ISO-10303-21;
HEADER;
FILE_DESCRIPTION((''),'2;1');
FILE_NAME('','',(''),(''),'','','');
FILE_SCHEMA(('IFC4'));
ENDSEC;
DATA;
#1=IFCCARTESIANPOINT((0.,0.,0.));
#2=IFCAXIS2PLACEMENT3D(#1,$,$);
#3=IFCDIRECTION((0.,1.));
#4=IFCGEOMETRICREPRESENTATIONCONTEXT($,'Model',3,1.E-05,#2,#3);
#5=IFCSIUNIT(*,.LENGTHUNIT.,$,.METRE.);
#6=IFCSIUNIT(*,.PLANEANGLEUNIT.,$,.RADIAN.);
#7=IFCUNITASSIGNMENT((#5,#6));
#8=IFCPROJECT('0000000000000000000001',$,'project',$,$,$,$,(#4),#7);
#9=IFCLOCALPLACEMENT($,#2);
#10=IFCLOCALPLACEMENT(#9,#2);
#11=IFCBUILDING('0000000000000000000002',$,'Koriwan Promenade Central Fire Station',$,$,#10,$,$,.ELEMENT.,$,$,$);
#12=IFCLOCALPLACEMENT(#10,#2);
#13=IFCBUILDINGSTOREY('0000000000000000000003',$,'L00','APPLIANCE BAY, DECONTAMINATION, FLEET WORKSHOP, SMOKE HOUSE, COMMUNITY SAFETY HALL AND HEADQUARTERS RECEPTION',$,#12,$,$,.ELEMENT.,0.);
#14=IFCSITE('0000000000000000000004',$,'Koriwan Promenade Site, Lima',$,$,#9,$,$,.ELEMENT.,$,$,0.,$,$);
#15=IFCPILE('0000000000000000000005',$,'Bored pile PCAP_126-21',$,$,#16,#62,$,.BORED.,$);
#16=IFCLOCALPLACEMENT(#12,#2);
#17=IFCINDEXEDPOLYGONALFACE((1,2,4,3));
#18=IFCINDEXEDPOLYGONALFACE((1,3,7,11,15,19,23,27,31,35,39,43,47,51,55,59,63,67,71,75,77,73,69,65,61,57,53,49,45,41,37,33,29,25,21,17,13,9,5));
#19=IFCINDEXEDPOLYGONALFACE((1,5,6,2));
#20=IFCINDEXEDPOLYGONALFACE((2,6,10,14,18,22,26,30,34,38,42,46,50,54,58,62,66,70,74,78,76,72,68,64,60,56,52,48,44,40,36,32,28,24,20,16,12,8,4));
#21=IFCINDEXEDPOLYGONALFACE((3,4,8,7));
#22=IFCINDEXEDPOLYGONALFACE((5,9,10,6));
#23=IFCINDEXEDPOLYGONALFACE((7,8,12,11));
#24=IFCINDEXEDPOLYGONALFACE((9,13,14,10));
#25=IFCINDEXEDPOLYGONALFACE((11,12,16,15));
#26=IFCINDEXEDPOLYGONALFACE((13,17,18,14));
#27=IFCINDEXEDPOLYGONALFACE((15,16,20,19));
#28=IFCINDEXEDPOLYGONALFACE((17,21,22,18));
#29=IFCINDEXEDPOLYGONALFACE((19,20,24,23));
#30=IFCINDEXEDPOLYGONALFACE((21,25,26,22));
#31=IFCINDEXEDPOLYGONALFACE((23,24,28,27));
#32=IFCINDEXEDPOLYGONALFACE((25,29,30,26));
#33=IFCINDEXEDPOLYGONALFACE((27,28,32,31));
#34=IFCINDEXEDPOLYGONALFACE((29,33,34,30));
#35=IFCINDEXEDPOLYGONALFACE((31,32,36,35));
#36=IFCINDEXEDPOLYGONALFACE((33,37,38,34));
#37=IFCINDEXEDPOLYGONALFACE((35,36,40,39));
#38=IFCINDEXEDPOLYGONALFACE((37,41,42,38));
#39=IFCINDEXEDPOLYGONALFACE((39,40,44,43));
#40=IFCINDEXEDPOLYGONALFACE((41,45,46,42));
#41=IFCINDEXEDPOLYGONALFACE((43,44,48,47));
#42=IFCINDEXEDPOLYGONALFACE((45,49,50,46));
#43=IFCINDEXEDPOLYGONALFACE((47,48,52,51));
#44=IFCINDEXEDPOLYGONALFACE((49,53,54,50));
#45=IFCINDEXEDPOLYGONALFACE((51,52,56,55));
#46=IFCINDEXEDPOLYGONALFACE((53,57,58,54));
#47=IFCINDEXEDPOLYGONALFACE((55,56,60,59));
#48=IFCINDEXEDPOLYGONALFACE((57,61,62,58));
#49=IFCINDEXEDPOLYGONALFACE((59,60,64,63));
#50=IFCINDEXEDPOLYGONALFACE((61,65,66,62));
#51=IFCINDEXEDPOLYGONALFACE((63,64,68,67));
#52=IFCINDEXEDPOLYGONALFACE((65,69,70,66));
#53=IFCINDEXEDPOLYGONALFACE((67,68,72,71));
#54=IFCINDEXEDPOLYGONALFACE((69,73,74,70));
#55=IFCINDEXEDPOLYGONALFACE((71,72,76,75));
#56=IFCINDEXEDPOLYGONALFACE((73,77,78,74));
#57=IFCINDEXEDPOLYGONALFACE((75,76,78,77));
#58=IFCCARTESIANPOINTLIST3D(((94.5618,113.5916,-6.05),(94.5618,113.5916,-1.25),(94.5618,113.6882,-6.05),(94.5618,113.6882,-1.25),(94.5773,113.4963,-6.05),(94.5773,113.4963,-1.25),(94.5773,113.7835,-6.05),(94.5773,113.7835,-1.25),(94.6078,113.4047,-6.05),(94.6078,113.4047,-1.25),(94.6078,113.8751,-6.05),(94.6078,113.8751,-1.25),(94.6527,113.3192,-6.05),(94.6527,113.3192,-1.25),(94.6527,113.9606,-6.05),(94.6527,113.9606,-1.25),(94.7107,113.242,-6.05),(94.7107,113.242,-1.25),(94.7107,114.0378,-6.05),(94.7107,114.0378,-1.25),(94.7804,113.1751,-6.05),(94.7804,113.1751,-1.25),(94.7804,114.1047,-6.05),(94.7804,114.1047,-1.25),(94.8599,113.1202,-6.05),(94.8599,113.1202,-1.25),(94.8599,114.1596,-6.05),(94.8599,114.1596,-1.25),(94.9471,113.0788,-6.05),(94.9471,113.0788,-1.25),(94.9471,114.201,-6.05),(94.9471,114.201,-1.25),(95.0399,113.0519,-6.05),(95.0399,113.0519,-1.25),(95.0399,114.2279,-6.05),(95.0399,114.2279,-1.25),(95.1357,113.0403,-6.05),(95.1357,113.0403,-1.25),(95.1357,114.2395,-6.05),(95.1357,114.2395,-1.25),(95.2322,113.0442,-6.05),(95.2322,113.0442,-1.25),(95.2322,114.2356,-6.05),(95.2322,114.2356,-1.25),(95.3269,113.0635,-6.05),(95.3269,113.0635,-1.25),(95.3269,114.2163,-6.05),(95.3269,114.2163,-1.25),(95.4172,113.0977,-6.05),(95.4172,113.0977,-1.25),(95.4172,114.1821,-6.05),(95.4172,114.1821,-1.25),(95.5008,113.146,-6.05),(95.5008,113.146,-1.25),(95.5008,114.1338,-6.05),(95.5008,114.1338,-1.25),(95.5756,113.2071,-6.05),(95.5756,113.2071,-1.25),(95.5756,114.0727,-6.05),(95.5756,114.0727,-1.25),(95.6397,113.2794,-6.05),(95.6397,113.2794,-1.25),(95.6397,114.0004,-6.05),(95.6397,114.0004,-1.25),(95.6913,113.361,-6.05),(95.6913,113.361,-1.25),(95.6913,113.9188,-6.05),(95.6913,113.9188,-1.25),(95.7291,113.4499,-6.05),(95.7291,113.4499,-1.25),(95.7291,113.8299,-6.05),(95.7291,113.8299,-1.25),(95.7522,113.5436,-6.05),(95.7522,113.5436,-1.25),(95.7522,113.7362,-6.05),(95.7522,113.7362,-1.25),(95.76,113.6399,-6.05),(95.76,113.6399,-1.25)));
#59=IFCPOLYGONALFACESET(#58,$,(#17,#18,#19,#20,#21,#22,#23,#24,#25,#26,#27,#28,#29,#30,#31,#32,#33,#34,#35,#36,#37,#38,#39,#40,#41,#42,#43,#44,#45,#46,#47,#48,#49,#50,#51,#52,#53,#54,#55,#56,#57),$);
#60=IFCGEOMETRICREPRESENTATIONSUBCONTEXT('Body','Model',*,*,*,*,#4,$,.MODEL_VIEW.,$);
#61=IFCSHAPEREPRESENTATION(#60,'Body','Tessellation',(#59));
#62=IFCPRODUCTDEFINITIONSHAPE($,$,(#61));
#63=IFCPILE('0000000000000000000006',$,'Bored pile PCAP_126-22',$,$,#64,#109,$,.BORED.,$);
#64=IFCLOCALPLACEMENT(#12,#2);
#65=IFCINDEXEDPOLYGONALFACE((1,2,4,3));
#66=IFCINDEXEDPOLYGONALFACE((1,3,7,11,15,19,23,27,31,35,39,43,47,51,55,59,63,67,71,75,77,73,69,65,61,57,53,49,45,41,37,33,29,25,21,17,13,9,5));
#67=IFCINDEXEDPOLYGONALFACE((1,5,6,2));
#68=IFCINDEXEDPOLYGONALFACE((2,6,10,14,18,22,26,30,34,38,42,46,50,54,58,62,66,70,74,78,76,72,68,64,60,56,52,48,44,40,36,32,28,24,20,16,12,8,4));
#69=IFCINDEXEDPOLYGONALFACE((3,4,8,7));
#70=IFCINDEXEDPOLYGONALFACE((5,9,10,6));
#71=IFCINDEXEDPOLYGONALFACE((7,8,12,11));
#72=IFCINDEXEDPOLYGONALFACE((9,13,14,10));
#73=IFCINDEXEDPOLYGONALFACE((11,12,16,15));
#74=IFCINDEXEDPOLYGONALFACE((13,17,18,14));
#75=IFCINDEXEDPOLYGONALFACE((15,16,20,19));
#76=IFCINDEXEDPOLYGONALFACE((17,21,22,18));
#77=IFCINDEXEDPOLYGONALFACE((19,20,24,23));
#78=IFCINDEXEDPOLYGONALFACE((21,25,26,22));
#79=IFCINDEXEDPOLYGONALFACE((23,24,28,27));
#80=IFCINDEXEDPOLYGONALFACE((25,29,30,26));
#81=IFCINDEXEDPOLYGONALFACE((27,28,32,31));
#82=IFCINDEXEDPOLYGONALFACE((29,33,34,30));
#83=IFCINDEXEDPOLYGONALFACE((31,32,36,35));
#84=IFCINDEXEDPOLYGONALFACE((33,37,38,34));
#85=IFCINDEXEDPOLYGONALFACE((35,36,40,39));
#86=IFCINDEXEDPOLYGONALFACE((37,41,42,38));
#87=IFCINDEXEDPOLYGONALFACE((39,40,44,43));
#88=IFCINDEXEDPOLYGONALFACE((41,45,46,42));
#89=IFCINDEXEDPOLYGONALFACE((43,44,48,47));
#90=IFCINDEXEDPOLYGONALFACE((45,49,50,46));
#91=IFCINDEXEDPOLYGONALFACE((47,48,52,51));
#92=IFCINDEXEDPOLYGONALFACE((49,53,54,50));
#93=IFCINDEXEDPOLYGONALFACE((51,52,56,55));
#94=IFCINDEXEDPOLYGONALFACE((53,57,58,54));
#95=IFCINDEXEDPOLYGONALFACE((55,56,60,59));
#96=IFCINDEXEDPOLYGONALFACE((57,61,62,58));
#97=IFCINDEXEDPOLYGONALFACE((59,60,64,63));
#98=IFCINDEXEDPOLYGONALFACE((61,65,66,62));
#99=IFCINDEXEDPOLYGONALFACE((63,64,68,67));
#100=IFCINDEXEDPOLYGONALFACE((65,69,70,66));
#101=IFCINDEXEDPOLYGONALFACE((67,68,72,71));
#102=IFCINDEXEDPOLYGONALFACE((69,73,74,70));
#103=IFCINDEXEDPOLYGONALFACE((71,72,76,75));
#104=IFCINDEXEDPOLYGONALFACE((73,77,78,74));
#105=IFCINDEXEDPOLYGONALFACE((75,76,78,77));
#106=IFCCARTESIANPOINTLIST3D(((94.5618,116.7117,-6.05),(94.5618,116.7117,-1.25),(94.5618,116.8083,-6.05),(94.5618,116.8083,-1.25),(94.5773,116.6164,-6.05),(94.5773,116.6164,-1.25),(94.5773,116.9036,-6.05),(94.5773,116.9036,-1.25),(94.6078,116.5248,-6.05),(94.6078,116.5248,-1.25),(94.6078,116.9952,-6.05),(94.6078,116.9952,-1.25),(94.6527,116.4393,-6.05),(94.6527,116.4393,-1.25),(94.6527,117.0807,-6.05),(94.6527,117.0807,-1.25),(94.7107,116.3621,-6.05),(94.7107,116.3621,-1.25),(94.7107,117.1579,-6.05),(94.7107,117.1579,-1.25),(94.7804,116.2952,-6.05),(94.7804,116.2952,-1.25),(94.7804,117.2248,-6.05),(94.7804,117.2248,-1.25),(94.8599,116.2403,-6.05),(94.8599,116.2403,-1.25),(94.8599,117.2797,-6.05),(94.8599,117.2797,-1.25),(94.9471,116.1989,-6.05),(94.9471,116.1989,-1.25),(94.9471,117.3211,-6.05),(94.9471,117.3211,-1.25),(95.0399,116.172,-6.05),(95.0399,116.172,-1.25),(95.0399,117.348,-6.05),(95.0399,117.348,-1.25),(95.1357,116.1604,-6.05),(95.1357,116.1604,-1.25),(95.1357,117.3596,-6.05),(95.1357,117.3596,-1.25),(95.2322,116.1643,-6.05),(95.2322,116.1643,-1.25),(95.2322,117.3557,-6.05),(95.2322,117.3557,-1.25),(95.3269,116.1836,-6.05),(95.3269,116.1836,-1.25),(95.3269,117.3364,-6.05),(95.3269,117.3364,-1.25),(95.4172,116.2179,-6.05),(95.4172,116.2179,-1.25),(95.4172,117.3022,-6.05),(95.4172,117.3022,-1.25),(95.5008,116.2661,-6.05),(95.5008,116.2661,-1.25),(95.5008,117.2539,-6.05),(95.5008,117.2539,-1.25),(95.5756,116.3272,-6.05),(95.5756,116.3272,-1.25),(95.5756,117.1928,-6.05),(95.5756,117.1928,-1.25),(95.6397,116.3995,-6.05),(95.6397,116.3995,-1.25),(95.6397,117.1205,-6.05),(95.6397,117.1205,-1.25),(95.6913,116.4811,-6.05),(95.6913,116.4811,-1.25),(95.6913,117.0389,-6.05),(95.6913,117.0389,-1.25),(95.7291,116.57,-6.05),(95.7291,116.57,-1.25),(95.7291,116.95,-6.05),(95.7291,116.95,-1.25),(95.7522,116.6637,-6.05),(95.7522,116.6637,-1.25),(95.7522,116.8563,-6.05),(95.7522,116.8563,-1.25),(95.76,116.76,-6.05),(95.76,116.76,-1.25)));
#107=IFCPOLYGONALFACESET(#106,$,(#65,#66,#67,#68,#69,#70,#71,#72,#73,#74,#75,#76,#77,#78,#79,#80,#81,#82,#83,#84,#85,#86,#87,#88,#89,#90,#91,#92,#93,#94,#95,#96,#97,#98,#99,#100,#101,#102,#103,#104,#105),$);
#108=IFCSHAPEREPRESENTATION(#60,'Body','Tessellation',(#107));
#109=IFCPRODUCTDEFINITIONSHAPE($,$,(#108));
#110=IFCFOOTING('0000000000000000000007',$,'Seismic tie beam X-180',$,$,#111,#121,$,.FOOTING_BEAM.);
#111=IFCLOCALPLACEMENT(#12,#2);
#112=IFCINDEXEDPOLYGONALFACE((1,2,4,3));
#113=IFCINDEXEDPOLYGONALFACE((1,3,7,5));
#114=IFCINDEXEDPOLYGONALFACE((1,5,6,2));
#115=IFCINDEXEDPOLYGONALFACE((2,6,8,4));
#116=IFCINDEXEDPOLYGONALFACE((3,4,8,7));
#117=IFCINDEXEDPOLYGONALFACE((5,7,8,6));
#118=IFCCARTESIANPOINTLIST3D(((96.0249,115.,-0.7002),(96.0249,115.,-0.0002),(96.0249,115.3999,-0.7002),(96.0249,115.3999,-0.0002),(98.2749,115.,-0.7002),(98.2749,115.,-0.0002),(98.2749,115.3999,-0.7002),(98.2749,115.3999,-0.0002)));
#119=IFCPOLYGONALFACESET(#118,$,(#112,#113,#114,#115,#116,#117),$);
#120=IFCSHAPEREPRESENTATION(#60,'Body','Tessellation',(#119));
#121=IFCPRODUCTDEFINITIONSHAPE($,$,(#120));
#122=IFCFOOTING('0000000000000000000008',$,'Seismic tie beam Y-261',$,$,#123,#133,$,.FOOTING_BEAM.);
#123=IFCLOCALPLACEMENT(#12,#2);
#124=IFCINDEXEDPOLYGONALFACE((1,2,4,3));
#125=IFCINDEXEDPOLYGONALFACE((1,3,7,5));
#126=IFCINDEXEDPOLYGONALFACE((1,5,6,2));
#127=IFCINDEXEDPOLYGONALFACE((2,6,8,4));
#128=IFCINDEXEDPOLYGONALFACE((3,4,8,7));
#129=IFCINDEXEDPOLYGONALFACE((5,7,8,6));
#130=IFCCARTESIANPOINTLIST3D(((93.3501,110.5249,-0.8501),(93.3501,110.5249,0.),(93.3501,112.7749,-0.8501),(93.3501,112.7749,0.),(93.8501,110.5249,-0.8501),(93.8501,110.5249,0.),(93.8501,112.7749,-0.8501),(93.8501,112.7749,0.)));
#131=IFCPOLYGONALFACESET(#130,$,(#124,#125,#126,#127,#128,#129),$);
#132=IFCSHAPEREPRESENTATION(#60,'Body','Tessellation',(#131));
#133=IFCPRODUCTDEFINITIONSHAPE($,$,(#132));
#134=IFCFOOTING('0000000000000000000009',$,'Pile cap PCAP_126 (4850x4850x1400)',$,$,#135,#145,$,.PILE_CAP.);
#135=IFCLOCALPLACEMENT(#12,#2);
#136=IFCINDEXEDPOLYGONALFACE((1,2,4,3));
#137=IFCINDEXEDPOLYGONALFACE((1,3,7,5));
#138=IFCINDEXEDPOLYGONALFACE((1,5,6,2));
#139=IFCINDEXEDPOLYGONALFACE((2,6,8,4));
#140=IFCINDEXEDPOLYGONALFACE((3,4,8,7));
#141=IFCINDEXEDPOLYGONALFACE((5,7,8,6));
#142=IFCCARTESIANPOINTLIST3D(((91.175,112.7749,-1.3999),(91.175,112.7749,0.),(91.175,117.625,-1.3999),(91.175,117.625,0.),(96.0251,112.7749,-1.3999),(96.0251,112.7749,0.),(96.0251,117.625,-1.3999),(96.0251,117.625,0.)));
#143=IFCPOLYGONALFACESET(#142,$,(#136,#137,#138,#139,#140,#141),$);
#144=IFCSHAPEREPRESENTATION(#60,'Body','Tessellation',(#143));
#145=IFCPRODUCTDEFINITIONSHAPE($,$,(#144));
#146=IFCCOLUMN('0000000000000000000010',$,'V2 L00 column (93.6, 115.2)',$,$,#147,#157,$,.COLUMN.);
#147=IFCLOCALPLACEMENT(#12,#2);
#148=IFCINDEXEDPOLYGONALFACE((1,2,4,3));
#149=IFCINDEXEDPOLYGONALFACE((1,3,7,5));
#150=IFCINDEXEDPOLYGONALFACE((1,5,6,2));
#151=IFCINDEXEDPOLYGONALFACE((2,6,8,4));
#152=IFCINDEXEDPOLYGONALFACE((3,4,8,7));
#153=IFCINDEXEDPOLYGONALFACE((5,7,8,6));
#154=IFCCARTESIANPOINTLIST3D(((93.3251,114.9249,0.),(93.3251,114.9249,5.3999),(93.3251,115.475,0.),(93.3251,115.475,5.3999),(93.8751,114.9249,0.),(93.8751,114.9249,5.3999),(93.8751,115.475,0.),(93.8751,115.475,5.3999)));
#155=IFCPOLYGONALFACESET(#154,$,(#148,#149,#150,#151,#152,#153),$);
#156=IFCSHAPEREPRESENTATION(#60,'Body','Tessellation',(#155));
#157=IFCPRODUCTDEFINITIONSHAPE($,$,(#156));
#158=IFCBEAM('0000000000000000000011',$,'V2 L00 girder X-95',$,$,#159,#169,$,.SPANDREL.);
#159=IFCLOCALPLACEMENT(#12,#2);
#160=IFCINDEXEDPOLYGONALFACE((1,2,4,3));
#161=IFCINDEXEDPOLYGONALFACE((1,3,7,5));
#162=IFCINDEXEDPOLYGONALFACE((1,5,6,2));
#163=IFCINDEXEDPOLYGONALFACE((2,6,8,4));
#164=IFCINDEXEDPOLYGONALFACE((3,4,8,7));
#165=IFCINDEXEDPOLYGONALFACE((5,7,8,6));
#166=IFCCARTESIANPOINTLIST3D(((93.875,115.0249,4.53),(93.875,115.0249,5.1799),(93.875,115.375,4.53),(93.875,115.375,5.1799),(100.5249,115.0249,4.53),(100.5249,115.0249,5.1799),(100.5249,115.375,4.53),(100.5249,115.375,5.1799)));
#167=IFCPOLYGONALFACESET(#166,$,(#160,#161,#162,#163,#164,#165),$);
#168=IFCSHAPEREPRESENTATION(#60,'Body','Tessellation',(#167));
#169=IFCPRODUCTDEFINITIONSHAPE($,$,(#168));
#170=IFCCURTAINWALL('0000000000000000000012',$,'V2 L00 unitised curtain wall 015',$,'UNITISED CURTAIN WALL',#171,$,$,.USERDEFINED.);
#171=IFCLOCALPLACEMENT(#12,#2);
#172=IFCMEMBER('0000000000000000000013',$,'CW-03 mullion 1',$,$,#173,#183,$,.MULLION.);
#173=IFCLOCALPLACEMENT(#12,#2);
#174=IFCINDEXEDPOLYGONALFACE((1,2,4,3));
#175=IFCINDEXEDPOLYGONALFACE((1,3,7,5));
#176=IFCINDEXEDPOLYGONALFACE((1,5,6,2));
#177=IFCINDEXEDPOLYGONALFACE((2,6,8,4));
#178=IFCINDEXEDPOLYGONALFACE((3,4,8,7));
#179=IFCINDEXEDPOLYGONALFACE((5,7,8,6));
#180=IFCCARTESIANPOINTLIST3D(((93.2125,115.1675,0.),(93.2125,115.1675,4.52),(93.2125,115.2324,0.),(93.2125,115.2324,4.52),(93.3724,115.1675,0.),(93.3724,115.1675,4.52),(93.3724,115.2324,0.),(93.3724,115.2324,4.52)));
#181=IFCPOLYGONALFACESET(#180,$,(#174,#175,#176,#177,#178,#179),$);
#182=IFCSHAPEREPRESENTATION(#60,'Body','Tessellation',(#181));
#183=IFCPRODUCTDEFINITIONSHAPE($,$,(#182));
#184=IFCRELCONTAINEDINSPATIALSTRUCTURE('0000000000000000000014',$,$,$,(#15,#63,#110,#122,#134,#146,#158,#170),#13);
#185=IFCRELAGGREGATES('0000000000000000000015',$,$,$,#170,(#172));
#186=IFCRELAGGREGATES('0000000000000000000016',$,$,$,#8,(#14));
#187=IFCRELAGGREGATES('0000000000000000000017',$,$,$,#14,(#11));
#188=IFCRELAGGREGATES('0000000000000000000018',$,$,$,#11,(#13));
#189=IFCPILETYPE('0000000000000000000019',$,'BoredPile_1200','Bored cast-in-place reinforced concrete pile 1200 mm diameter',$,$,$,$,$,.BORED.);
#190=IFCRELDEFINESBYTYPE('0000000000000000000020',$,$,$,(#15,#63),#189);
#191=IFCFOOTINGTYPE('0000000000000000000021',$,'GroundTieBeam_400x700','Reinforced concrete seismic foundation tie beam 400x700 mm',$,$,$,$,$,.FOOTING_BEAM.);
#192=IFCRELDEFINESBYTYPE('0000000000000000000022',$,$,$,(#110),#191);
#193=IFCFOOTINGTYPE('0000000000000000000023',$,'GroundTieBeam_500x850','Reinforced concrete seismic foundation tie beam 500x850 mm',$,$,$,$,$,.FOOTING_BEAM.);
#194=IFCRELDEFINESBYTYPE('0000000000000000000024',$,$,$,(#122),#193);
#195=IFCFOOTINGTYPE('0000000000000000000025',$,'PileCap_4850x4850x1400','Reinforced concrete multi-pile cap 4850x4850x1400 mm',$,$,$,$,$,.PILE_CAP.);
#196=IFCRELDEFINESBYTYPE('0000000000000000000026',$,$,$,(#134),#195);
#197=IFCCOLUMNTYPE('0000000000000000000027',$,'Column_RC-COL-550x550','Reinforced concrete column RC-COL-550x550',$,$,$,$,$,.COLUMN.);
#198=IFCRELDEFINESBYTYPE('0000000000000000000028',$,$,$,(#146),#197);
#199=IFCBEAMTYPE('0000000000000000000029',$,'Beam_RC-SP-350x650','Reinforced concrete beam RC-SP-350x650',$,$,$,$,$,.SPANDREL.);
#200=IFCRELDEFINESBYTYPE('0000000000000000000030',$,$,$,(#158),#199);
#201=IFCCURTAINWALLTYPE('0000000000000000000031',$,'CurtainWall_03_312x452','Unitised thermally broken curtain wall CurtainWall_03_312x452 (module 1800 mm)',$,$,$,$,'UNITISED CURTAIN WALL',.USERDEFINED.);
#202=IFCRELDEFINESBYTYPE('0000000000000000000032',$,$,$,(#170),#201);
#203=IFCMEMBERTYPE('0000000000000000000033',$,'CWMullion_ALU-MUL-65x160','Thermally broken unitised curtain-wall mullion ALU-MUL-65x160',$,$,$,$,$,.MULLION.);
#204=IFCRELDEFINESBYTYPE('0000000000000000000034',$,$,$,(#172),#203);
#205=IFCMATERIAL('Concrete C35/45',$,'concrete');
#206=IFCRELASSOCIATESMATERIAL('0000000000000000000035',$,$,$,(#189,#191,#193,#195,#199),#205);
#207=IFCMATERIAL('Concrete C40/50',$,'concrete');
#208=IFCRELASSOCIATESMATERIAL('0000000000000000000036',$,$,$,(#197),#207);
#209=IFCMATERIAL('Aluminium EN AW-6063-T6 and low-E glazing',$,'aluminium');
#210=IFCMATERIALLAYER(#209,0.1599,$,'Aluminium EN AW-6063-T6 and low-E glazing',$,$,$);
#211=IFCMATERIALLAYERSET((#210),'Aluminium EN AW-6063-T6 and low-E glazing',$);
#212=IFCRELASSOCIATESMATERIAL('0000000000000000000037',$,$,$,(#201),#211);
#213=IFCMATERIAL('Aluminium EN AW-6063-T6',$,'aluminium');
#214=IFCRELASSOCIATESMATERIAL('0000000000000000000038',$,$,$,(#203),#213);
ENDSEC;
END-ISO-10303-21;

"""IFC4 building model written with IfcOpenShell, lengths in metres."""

from ifc_helpers import new_model, si_unit, direction, frame, origin, origin_2d, place, context, subcontext, project, spatial, rectangle, circle, extrude, material, layer, layer_set, material_profile, profile_set, type_object, element, aggregate, save


model = new_model("IFC4")

# Units and contexts
model_context = context("Model", 3, precision=1e-05, world=origin(), true_north=direction((0.0, 1.0)))
body_context = subcontext(model_context, "Body", "Model", "MODEL_VIEW")
ifc_project = project(units=[si_unit("LENGTHUNIT", "METRE"), si_unit("PLANEANGLEUNIT", "RADIAN")], contexts=[model_context])

# Site, building, storey
site_placement = place(None, origin())
site = spatial("IfcSite", under=ifc_project, at=site_placement, Name="Koriwan Promenade Site, Lima", CompositionType="ELEMENT", RefElevation=0.0)
building_placement = place(site_placement, origin())
building = spatial("IfcBuilding", under=site, at=building_placement, Name="Koriwan Promenade Central Fire Station", CompositionType="ELEMENT")
storey_placement = place(building_placement, origin())
storey = spatial("IfcBuildingStorey", under=building, at=storey_placement, Name="L00", Description="APPLIANCE BAY, DECONTAMINATION, FLEET WORKSHOP, SMOKE HOUSE, COMMUNITY SAFETY HALL AND HEADQUARTERS RECEPTION", CompositionType="ELEMENT", Elevation=0.0)

# Piles
ifc_material_1 = material(Name="Concrete C35/45", Category="concrete")
ifc_material_profile_1 = material_profile(ifc_material_1, circle(Radius=0.6001, at=origin_2d()), Name="PILE-D1200")
ifc_profile_set_1 = profile_set([ifc_material_profile_1], Name="Concrete C35/45")
pile_type = type_object("IfcPileType", Name="BoredPile_1200", Description="Bored cast-in-place reinforced concrete pile 1200 mm diameter", PredefinedType="BORED", material=ifc_profile_set_1)
for number, where, z_axis, x_axis, name in (
    (1, (95.1599, 113.6399, -1.25), (0.0, 0.0, -1.0), (1.0, 0.0, 0.0), "Bored pile PCAP_126-21"),
    (2, (95.1599, 116.76, -1.25), (0.0, 0.0, -1.0), (1.0, 0.0, 0.0), "Bored pile PCAP_126-22"),
):
    element("IfcPile", number, at=place(storey_placement, frame(where, z_axis=z_axis, x_axis=x_axis)), inside=storey, type_object=pile_type, Name=name, PredefinedType="BORED", context=body_context, shape_type="SweptSolid", body=[
        extrude(circle(Radius=0.6001, at=origin_2d()), origin(), (0.0, 0.0, 1.0), 4.8),
    ])

# Footings
footing_type_1 = type_object("IfcFootingType", Name="GroundTieBeam_400x700", Description="Reinforced concrete seismic foundation tie beam 400x700 mm", PredefinedType="FOOTING_BEAM", material=ifc_material_1)
footing_1_placement = place(storey_placement, frame((97.1499, 115.2, -0.7002), z_axis=(0.0, 0.0, 1.0), x_axis=(1.0, 0.0, 0.0)))
element("IfcFooting", 3, at=footing_1_placement, inside=storey, type_object=footing_type_1, Name="Seismic tie beam X-180", PredefinedType="FOOTING_BEAM", context=body_context, shape_type="SweptSolid", body=[
    extrude(rectangle(XDim=2.25, YDim=0.3999, at=origin_2d()), origin(), (0.0, 0.0, 1.0), 0.7),
])
footing_type_2 = type_object("IfcFootingType", Name="GroundTieBeam_500x850", Description="Reinforced concrete seismic foundation tie beam 500x850 mm", PredefinedType="FOOTING_BEAM", material=ifc_material_1)
footing_2_placement = place(storey_placement, frame((93.6001, 111.6499, -0.8501), z_axis=(0.0, 0.0, 1.0), x_axis=(0.0, 1.0, 0.0)))
element("IfcFooting", 4, at=footing_2_placement, inside=storey, type_object=footing_type_2, Name="Seismic tie beam Y-261", PredefinedType="FOOTING_BEAM", context=body_context, shape_type="SweptSolid", body=[
    extrude(rectangle(XDim=2.25, YDim=0.5, at=origin_2d()), origin(), (0.0, 0.0, 1.0), 0.8501),
])
footing_type_3 = type_object("IfcFootingType", Name="PileCap_4850x4850x1400", Description="Reinforced concrete multi-pile cap 4850x4850x1400 mm", PredefinedType="PILE_CAP", material=ifc_material_1)
footing_3_placement = place(storey_placement, frame((93.6001, 115.2, -1.3999), z_axis=(0.0, 0.0, 1.0), x_axis=(1.0, 0.0, 0.0)))
element("IfcFooting", 5, at=footing_3_placement, inside=storey, type_object=footing_type_3, Name="Pile cap PCAP_126 (4850x4850x1400)", PredefinedType="PILE_CAP", context=body_context, shape_type="SweptSolid", body=[
    extrude(rectangle(XDim=4.8501, YDim=4.8501, at=origin_2d()), origin(), (0.0, 0.0, 1.0), 1.3999),
])

# Column
ifc_material_2 = material(Name="Concrete C40/50", Category="concrete")
ifc_material_profile_2 = material_profile(ifc_material_2, rectangle(XDim=0.55, YDim=0.55, at=origin_2d()), Name="RC-COL-550x550")
ifc_profile_set_2 = profile_set([ifc_material_profile_2], Name="Concrete C40/50")
column_type = type_object("IfcColumnType", Name="Column_RC-COL-550x550", Description="Reinforced concrete column RC-COL-550x550", PredefinedType="COLUMN", material=ifc_profile_set_2)
column_placement = place(storey_placement, frame((93.6001, 115.2, 0.0), z_axis=(0.0, 0.0, 1.0), x_axis=(1.0, 0.0, 0.0)))
element("IfcColumn", 6, at=column_placement, inside=storey, type_object=column_type, Name="V2 L00 column (93.6, 115.2)", PredefinedType="COLUMN", context=body_context, shape_type="SweptSolid", body=[
    extrude(rectangle(XDim=0.55, YDim=0.55, at=origin_2d()), origin(), (0.0, 0.0, 1.0), 5.3999),
])

# Beam
ifc_material_profile_3 = material_profile(ifc_material_1, rectangle(XDim=0.3501, YDim=0.6499, at=origin_2d()), Name="RC-SP-350x650")
ifc_profile_set_3 = profile_set([ifc_material_profile_3], Name="Concrete C35/45")
beam_type = type_object("IfcBeamType", Name="Beam_RC-SP-350x650", Description="Reinforced concrete beam RC-SP-350x650", PredefinedType="SPANDREL", material=ifc_profile_set_3)
beam_placement = place(storey_placement, frame((93.875, 115.2, 4.855), z_axis=(1.0, 0.0, 0.0), x_axis=(0.0, 1.0, 0.0)))
element("IfcBeam", 7, at=beam_placement, inside=storey, type_object=beam_type, Name="V2 L00 girder X-95", PredefinedType="SPANDREL", context=body_context, shape_type="SweptSolid", body=[
    extrude(rectangle(XDim=0.3501, YDim=0.6499, at=origin_2d()), origin(), (0.0, 0.0, 1.0), 6.6499),
])

# Curtain wall, member
ifc_material_3 = material(Name="Aluminium EN AW-6063-T6 and low-E glazing", Category="aluminium")
ifc_layer_1 = layer(ifc_material_3, 0.1599, Name="Aluminium EN AW-6063-T6 and low-E glazing")
ifc_layer_set_1 = layer_set([ifc_layer_1], Name="Aluminium EN AW-6063-T6 and low-E glazing")
curtain_wall_type_1 = type_object("IfcCurtainWallType", Name="CurtainWall_03_312x452", Description="Unitised thermally broken curtain wall CurtainWall_03_312x452 (module 1800 mm)", ElementType="UNITISED CURTAIN WALL", PredefinedType="USERDEFINED", material=ifc_layer_set_1)
curtain_wall_1_placement = place(storey_placement, origin())
curtain_wall_1 = element("IfcCurtainWall", 8, at=curtain_wall_1_placement, inside=storey, type_object=curtain_wall_type_1, Name="V2 L00 unitised curtain wall 015", ObjectType="UNITISED CURTAIN WALL", PredefinedType="USERDEFINED")
ifc_material_4 = material(Name="Aluminium EN AW-6063-T6", Category="aluminium")
ifc_material_profile_4 = material_profile(ifc_material_4, rectangle(XDim=0.0649, YDim=0.1599, at=origin_2d()), Name="ALU-MUL-65x160")
ifc_profile_set_4 = profile_set([ifc_material_profile_4], Name="Aluminium EN AW-6063-T6")
member_type_1 = type_object("IfcMemberType", Name="CWMullion_ALU-MUL-65x160", Description="Thermally broken unitised curtain-wall mullion ALU-MUL-65x160", PredefinedType="MULLION", material=ifc_profile_set_4)
member_1_placement = place(storey_placement, frame((93.2925, 115.2, 0.0), z_axis=(0.0, 0.0, 1.0), x_axis=(0.0, -1.0, 0.0)))
member_1 = element("IfcMember", 9, at=member_1_placement, type_object=member_type_1, Name="CW-03 mullion 1", PredefinedType="MULLION", context=body_context, shape_type="SweptSolid", body=[
    extrude(rectangle(XDim=0.0649, YDim=0.1599, at=origin_2d()), origin(), (0.0, 0.0, 1.0), 4.52),
])

aggregate(curtain_wall_1, [member_1])

save(model, "model.ifc")
